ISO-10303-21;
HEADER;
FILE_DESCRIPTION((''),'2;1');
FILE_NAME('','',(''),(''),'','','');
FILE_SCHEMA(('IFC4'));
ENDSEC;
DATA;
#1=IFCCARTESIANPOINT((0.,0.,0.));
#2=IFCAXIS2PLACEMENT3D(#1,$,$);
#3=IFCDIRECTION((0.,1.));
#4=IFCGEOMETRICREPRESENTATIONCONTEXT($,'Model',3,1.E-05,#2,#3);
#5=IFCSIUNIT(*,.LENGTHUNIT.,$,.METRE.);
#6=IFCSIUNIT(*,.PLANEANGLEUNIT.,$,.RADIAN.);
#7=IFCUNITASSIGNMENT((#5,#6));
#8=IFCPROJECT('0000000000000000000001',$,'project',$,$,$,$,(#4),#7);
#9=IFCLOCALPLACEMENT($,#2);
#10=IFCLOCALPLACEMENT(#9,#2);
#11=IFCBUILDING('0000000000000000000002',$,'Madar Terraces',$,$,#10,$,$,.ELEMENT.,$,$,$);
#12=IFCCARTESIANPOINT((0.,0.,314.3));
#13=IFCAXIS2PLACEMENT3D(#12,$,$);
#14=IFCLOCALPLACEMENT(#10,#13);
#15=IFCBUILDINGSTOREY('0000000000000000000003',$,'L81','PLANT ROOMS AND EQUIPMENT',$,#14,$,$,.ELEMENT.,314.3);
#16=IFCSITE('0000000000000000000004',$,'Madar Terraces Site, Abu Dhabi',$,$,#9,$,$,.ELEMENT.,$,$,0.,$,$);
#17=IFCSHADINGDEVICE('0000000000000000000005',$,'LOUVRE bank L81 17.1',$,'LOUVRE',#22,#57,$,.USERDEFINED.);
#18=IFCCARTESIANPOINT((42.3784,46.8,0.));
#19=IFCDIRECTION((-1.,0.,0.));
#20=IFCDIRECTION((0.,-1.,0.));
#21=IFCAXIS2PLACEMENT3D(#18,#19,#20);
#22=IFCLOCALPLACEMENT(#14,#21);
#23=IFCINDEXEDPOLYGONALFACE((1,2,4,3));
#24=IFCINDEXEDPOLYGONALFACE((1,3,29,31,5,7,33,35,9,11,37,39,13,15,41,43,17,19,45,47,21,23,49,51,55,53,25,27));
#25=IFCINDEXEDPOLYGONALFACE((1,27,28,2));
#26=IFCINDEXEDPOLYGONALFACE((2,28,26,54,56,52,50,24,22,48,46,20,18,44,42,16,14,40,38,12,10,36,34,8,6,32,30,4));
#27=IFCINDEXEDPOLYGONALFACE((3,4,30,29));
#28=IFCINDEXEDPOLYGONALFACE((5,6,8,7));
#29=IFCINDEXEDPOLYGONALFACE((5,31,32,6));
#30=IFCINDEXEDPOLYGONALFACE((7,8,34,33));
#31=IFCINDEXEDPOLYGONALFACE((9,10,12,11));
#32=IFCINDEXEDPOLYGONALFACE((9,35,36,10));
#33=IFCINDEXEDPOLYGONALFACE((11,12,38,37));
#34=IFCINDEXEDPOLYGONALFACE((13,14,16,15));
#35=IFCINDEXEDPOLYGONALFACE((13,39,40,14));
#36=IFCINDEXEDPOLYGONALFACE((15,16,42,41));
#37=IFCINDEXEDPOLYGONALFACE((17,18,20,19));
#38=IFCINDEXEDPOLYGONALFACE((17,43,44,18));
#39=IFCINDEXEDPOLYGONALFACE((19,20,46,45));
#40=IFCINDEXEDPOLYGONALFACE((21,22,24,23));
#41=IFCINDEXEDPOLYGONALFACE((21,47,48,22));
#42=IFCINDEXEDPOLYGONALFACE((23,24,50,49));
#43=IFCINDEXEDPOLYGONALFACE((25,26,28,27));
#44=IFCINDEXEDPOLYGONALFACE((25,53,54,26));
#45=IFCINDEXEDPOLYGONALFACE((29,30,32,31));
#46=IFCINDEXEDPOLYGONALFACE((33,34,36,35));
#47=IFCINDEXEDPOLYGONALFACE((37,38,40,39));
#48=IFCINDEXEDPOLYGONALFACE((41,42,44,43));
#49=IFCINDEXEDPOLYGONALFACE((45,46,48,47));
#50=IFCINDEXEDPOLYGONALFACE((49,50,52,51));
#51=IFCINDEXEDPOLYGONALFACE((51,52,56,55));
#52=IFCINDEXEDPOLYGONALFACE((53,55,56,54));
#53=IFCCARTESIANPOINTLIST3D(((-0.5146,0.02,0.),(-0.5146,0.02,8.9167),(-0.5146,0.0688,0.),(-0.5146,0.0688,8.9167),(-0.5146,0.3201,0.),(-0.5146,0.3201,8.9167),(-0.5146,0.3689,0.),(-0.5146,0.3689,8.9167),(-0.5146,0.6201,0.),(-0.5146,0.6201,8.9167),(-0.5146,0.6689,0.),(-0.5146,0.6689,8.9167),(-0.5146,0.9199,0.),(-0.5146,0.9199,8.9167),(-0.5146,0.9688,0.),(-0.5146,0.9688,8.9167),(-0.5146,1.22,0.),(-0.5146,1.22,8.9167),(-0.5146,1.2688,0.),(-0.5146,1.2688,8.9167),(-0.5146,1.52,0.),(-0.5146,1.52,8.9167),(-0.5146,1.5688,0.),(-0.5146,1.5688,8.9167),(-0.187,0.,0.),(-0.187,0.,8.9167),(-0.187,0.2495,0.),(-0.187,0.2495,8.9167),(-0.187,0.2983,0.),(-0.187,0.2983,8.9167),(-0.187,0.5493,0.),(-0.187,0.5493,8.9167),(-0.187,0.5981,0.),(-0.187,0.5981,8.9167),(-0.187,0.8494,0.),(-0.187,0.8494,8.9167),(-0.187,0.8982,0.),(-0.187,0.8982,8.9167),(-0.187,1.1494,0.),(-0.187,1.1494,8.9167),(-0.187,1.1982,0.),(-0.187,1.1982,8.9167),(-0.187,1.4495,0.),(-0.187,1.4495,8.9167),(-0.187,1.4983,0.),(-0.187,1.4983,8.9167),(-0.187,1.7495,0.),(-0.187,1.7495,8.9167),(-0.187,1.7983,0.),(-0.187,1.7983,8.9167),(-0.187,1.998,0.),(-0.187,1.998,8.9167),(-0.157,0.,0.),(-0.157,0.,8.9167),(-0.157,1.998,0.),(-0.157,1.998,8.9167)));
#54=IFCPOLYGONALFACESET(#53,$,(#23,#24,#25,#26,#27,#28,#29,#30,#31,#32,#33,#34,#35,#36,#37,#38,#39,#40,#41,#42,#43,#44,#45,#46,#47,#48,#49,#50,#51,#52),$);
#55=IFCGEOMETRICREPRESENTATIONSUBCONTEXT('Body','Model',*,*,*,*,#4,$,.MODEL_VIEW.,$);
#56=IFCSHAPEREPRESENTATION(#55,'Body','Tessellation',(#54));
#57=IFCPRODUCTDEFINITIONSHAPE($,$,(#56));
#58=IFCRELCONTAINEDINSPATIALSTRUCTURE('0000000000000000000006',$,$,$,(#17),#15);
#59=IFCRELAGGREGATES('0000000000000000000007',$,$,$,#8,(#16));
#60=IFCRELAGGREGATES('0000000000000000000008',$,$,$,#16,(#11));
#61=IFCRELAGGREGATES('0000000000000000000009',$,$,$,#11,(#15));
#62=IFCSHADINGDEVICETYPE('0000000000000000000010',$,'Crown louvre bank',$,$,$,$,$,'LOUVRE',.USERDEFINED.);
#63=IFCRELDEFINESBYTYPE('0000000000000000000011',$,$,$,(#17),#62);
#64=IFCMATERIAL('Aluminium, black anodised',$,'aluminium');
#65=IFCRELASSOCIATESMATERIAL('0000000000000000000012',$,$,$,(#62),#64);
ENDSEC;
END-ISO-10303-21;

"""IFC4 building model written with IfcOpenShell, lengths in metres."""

from ifc_helpers import new_model, si_unit, direction, frame, origin, place, context, subcontext, project, spatial, polyline, outline, extrude, material, type_object, element, save


model = new_model("IFC4")

# Units and contexts
model_context = context("Model", 3, precision=1e-05, world=origin(), true_north=direction((0.0, 1.0)))
body_context = subcontext(model_context, "Body", "Model", "MODEL_VIEW")
ifc_project = project(units=[si_unit("LENGTHUNIT", "METRE"), si_unit("PLANEANGLEUNIT", "RADIAN")], contexts=[model_context])

# Site, building, storey
site_placement = place(None, origin())
site = spatial("IfcSite", under=ifc_project, at=site_placement, Name="Madar Terraces Site, Abu Dhabi", CompositionType="ELEMENT", RefElevation=0.0)
building_placement = place(site_placement, origin())
building = spatial("IfcBuilding", under=site, at=building_placement, Name="Madar Terraces", CompositionType="ELEMENT")
storey_placement = place(building_placement, frame((0.0, 0.0, 314.3)))
storey = spatial("IfcBuildingStorey", under=building, at=storey_placement, Name="L81", Description="PLANT ROOMS AND EQUIPMENT", CompositionType="ELEMENT", Elevation=314.3)

# Shading device
ifc_material_1 = material(Name="Aluminium, black anodised", Category="aluminium")
shading_device_type = type_object("IfcShadingDeviceType", Name="Crown louvre bank", ElementType="LOUVRE", PredefinedType="USERDEFINED", material=ifc_material_1)
shading_device_1_placement = place(storey_placement, frame((42.3784, 46.8, 0.0), z_axis=(-1.0, 0.0, 0.0), x_axis=(0.0, -1.0, 0.0)))
element("IfcShadingDevice", 1, at=shading_device_1_placement, inside=storey, type_object=shading_device_type, Name="LOUVRE bank L81 17.1", ObjectType="LOUVRE", PredefinedType="USERDEFINED", context=body_context, shape_type="SweptSolid", body=[
    extrude(outline(polyline([(-0.157, 0.0), (-0.187, 0.0), (-0.187, 0.2495), (-0.5146, 0.02), (-0.5146, 0.0688), (-0.187, 0.2983), (-0.187, 0.5493), (-0.5146, 0.3201), (-0.5146, 0.3689), (-0.187, 0.5981), (-0.187, 0.8494), (-0.5146, 0.6201), (-0.5146, 0.6689), (-0.187, 0.8982), (-0.187, 1.1494), (-0.5146, 0.9199), (-0.5146, 0.9688), (-0.187, 1.1982), (-0.187, 1.4495), (-0.5146, 1.22), (-0.5146, 1.2688), (-0.187, 1.4983), (-0.187, 1.7495), (-0.5146, 1.52), (-0.5146, 1.5688), (-0.187, 1.7983), (-0.187, 1.998), (-0.157, 1.998), (-0.157, 0.0)])), origin(), (0.0, 0.0, 1.0), 8.9167),
])

save(model, "model.ifc")
